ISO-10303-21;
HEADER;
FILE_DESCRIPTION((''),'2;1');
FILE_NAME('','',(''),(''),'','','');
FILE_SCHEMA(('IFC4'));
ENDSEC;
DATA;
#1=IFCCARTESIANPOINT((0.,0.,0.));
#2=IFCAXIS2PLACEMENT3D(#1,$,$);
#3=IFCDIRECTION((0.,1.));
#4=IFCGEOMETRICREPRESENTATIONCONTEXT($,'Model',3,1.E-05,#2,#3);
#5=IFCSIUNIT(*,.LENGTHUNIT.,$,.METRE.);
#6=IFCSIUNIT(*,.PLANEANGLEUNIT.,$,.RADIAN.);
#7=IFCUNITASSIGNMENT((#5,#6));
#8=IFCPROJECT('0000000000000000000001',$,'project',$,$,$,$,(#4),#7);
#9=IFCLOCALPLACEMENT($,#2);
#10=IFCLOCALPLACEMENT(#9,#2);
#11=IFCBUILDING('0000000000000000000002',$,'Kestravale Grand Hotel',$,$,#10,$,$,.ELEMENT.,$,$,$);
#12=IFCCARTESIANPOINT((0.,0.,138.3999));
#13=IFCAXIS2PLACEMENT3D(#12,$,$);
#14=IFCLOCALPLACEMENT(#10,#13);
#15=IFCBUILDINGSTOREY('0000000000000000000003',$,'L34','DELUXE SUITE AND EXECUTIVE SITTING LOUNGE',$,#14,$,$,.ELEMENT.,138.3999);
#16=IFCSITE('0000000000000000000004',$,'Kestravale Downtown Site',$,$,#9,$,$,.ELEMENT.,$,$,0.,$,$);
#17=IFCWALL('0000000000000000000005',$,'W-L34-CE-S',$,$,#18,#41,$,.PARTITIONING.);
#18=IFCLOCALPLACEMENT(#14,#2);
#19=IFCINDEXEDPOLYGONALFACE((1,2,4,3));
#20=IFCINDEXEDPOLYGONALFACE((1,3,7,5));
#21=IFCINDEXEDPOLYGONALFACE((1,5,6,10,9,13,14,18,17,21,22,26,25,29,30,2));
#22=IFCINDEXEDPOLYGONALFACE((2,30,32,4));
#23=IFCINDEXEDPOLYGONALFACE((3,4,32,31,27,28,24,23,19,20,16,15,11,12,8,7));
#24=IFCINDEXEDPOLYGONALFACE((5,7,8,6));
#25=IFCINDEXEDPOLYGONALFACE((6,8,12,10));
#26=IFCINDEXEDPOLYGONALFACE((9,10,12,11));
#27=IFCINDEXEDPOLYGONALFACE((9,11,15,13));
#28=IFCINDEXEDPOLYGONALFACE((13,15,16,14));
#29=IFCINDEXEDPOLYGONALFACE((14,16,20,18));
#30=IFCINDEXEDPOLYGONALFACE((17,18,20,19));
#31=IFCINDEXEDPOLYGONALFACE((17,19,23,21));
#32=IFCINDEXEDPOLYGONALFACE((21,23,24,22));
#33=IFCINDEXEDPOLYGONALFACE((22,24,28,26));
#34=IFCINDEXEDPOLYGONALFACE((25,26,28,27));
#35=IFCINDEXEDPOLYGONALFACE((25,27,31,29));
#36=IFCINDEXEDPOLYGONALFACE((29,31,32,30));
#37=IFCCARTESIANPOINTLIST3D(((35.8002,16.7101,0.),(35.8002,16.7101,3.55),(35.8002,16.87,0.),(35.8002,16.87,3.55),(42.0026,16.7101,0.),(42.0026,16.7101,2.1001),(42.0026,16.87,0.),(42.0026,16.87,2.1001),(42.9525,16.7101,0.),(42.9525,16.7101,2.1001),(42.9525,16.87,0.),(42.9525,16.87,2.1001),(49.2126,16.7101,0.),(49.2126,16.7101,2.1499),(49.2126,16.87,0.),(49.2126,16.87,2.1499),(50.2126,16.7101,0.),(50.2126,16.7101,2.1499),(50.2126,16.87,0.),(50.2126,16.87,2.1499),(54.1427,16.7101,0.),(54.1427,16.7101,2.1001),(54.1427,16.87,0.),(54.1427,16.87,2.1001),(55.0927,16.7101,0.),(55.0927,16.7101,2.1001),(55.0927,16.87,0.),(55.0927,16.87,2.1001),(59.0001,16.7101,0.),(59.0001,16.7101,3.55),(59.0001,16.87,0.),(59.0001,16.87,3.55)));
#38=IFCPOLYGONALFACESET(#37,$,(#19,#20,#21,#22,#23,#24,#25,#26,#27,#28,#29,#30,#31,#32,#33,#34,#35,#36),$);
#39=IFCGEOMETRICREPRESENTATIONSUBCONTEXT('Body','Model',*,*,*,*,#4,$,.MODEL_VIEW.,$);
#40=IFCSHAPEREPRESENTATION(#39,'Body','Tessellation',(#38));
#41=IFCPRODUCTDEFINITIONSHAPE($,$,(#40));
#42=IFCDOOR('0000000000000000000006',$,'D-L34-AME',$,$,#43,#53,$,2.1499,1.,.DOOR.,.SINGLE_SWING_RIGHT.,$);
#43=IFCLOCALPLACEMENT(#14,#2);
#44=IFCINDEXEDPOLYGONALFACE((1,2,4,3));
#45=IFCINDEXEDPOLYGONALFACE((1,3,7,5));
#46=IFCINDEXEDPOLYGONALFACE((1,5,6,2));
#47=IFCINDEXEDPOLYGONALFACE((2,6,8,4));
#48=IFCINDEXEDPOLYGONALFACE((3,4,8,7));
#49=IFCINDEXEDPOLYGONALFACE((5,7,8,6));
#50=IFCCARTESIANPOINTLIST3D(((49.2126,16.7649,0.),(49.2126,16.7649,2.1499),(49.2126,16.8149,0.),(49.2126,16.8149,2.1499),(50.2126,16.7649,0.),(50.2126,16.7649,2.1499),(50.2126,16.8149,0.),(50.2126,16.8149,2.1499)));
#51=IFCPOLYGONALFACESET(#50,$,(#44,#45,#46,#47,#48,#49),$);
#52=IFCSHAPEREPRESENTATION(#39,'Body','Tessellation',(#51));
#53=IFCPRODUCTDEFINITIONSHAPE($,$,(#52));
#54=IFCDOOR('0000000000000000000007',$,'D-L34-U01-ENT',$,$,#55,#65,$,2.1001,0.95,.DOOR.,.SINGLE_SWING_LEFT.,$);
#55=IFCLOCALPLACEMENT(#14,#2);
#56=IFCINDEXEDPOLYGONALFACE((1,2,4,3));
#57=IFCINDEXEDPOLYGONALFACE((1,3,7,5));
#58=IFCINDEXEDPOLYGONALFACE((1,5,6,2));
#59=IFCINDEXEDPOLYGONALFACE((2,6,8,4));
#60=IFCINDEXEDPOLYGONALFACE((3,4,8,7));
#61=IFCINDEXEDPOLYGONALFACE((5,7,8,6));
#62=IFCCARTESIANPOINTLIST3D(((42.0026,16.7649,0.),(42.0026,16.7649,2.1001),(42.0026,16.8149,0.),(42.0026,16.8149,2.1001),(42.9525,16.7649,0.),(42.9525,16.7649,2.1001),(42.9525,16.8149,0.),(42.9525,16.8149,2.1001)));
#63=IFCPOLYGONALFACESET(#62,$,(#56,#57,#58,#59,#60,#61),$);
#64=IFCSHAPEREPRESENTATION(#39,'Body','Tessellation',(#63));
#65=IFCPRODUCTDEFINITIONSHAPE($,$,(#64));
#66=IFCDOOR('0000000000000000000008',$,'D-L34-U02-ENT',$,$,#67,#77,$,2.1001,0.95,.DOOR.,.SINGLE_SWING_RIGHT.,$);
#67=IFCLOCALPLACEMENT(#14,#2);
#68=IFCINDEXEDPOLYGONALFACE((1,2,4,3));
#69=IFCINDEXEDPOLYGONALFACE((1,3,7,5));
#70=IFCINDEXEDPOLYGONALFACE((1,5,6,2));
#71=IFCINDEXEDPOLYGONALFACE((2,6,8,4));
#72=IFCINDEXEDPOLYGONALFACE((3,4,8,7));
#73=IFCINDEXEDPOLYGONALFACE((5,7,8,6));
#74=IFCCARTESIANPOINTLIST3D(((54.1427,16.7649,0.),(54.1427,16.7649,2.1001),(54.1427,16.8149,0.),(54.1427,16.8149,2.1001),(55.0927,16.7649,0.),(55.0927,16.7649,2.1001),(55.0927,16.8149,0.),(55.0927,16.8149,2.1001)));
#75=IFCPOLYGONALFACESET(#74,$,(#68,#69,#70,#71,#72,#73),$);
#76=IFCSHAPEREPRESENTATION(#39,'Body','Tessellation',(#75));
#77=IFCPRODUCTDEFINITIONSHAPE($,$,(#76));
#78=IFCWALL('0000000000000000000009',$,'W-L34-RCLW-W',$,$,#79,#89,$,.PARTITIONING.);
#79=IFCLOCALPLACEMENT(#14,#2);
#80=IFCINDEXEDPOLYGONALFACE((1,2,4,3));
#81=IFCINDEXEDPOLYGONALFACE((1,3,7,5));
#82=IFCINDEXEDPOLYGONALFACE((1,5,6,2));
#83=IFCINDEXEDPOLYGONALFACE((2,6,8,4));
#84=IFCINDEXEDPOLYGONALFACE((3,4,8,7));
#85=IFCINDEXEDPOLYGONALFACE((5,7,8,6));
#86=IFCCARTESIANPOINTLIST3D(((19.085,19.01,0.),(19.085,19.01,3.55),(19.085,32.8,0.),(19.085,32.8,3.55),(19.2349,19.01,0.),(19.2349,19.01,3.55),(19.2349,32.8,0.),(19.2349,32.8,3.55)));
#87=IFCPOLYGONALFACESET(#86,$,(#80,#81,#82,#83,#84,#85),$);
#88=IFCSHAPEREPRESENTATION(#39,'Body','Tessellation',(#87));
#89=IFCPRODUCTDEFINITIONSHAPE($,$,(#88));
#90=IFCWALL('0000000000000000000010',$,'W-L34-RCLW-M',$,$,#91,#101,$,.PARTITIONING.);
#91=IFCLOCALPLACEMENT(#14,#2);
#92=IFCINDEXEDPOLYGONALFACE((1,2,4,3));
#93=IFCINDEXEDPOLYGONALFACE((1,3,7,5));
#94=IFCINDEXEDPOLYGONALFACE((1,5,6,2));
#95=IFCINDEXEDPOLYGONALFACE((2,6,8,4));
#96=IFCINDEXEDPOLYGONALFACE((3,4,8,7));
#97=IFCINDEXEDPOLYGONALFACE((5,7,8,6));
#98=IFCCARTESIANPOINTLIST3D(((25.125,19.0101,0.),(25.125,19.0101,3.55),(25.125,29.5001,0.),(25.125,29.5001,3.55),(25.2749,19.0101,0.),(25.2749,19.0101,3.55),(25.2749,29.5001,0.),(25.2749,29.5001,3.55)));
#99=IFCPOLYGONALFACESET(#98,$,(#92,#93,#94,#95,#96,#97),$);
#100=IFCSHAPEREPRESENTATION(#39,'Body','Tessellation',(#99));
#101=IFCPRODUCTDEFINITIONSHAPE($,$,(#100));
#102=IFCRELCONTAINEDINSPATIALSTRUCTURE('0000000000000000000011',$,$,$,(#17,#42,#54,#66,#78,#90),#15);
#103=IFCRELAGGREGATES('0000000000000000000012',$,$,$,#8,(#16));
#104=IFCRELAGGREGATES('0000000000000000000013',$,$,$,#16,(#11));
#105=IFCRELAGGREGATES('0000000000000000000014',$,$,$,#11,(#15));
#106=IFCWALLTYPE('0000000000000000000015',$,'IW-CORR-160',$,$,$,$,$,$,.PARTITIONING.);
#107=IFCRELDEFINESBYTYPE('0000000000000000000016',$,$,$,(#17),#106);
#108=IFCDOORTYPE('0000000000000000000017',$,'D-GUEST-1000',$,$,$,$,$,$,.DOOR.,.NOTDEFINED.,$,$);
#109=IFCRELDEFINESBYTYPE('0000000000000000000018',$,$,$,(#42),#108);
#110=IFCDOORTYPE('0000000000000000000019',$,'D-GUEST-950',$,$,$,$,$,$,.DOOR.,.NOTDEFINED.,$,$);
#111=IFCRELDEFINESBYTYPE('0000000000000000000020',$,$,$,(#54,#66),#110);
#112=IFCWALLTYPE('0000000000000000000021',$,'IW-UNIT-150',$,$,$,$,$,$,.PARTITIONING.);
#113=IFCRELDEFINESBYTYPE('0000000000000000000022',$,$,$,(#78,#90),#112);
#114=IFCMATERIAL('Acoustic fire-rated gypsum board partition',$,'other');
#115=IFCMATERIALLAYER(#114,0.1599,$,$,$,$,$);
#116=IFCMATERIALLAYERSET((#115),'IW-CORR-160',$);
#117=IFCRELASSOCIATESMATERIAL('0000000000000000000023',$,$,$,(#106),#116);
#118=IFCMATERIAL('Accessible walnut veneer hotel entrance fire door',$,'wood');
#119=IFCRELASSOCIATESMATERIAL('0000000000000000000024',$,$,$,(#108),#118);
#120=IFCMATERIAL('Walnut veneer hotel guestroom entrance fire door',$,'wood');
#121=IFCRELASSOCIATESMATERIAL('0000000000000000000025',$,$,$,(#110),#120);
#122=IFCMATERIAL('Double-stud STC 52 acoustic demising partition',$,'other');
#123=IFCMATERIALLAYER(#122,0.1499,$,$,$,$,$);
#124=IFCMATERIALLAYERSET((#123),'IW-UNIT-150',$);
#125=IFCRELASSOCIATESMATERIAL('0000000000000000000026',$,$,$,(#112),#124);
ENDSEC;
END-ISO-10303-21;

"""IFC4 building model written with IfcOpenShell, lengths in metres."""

from ifc_helpers import new_model, si_unit, direction, frame, frame_2d, origin, place, context, subcontext, project, spatial, rectangle, extrude, material, layer, layer_set, type_object, element, fill, save


model = new_model("IFC4")

# Units and contexts
model_context = context("Model", 3, precision=1e-05, world=origin(), true_north=direction((0.0, 1.0)))
body_context = subcontext(model_context, "Body", "Model", "MODEL_VIEW")
ifc_project = project(units=[si_unit("LENGTHUNIT", "METRE"), si_unit("PLANEANGLEUNIT", "RADIAN")], contexts=[model_context])

# Site, building, storey
site_placement = place(None, origin())
site = spatial("IfcSite", under=ifc_project, at=site_placement, Name="Kestravale Downtown Site", CompositionType="ELEMENT", RefElevation=0.0)
building_placement = place(site_placement, origin())
building = spatial("IfcBuilding", under=site, at=building_placement, Name="Kestravale Grand Hotel", CompositionType="ELEMENT")
storey_placement = place(building_placement, frame((0.0, 0.0, 138.3999)))
storey = spatial("IfcBuildingStorey", under=building, at=storey_placement, Name="L34", Description="DELUXE SUITE AND EXECUTIVE SITTING LOUNGE", CompositionType="ELEMENT", Elevation=138.3999)

# Shared definitions
ifc_material_1 = material(Name="Acoustic fire-rated gypsum board partition", Category="other")
ifc_layer_1 = layer(ifc_material_1, 0.1599)
ifc_layer_set_1 = layer_set([ifc_layer_1], Name="IW-CORR-160")
wall_type_1 = type_object("IfcWallType", Name="IW-CORR-160", PredefinedType="PARTITIONING", material=ifc_layer_set_1)
ifc_material_2 = material(Name="Accessible walnut veneer hotel entrance fire door", Category="wood")
door_type_1 = type_object("IfcDoorType", Name="D-GUEST-1000", OperationType="NOTDEFINED", PredefinedType="DOOR", material=ifc_material_2)

# Wall, openings, doors
wall_1_placement = place(storey_placement, frame((35.8, 16.79, 0.0), z_axis=(0.0, 0.0, 1.0), x_axis=(1.0, 0.0, 0.0)))
wall_1 = element("IfcWall", 1, at=wall_1_placement, inside=storey, type_object=wall_type_1, Name="W-L34-CE-S", PredefinedType="PARTITIONING", context=body_context, shape_type="SweptSolid", body=[
    extrude(rectangle(XDim=23.2, YDim=0.1599, at=frame_2d((11.6001, 0.0))), origin(), (0.0, 0.0, 1.0), 3.55),
])
opening_1_placement = place(wall_1_placement, frame((6.2024, 0.0, 0.0)))
opening_1 = element("IfcOpeningElement", 2, at=opening_1_placement, cuts=wall_1, PredefinedType="OPENING", context=body_context, shape_type="SweptSolid", body=[
    extrude(rectangle(XDim=0.95, YDim=2.1001, at=frame_2d((0.4751, 1.05))), frame((0.0, 0.0898, 0.0), z_axis=(0.0, -1.0, 0.0), x_axis=(1.0, 0.0, 0.0)), (0.0, 0.0, 1.0), 0.1799),
])
opening_2_placement = place(wall_1_placement, frame((13.4126, 0.0, 0.0)))
opening_2 = element("IfcOpeningElement", 3, at=opening_2_placement, cuts=wall_1, PredefinedType="OPENING", context=body_context, shape_type="SweptSolid", body=[
    extrude(rectangle(XDim=1.0, YDim=2.1499, at=frame_2d((0.5, 1.075))), frame((0.0, 0.0898, 0.0), z_axis=(0.0, -1.0, 0.0), x_axis=(1.0, 0.0, 0.0)), (0.0, 0.0, 1.0), 0.1799),
])
opening_3_placement = place(wall_1_placement, frame((18.3425, 0.0, 0.0)))
opening_3 = element("IfcOpeningElement", 4, at=opening_3_placement, cuts=wall_1, PredefinedType="OPENING", context=body_context, shape_type="SweptSolid", body=[
    extrude(rectangle(XDim=0.95, YDim=2.1001, at=frame_2d((0.4751, 1.05))), frame((0.0, 0.0898, 0.0), z_axis=(0.0, -1.0, 0.0), x_axis=(1.0, 0.0, 0.0)), (0.0, 0.0, 1.0), 0.1799),
])
door_1_placement = place(opening_2_placement, origin())
door_1 = element("IfcDoor", 5, at=door_1_placement, inside=storey, type_object=door_type_1, Name="D-L34-AME", OperationType="SINGLE_SWING_RIGHT", OverallHeight=2.1499, OverallWidth=1.0, PredefinedType="DOOR", context=body_context, shape_type="SweptSolid", body=[
    extrude(rectangle(XDim=1.0, YDim=2.1499, at=frame_2d((0.5, 1.075))), frame((0.0, 0.0249, 0.0), z_axis=(0.0, -1.0, 0.0), x_axis=(1.0, 0.0, 0.0)), (0.0, 0.0, 1.0), 0.05),
])
fill(opening_2, door_1)
ifc_material_3 = material(Name="Walnut veneer hotel guestroom entrance fire door", Category="wood")
door_type_2 = type_object("IfcDoorType", Name="D-GUEST-950", OperationType="NOTDEFINED", PredefinedType="DOOR", material=ifc_material_3)
door_2_placement = place(opening_1_placement, origin())
door_2 = element("IfcDoor", 6, at=door_2_placement, inside=storey, type_object=door_type_2, Name="D-L34-U01-ENT", OperationType="SINGLE_SWING_LEFT", OverallHeight=2.1001, OverallWidth=0.95, PredefinedType="DOOR", context=body_context, shape_type="SweptSolid", body=[
    extrude(rectangle(XDim=0.95, YDim=2.1001, at=frame_2d((0.4751, 1.05))), frame((0.0, 0.0249, 0.0), z_axis=(0.0, -1.0, 0.0), x_axis=(1.0, 0.0, 0.0)), (0.0, 0.0, 1.0), 0.05),
])
fill(opening_1, door_2)
door_3_placement = place(opening_3_placement, origin())
door_3 = element("IfcDoor", 7, at=door_3_placement, inside=storey, type_object=door_type_2, Name="D-L34-U02-ENT", OperationType="SINGLE_SWING_RIGHT", OverallHeight=2.1001, OverallWidth=0.95, PredefinedType="DOOR", context=body_context, shape_type="SweptSolid", body=[
    extrude(rectangle(XDim=0.95, YDim=2.1001, at=frame_2d((0.4751, 1.05))), frame((0.0, 0.0249, 0.0), z_axis=(0.0, -1.0, 0.0), x_axis=(1.0, 0.0, 0.0)), (0.0, 0.0, 1.0), 0.05),
])
fill(opening_3, door_3)

# Walls
ifc_material_4 = material(Name="Double-stud STC 52 acoustic demising partition", Category="other")
ifc_layer_2 = layer(ifc_material_4, 0.1499)
ifc_layer_set_2 = layer_set([ifc_layer_2], Name="IW-UNIT-150")
wall_type_2 = type_object("IfcWallType", Name="IW-UNIT-150", PredefinedType="PARTITIONING", material=ifc_layer_set_2)
wall_2_placement = place(storey_placement, frame((19.1599, 19.01, 0.0), z_axis=(0.0, 0.0, 1.0), x_axis=(0.0, 1.0, 0.0)))
element("IfcWall", 8, at=wall_2_placement, inside=storey, type_object=wall_type_2, Name="W-L34-RCLW-W", PredefinedType="PARTITIONING", context=body_context, shape_type="SweptSolid", body=[
    extrude(rectangle(XDim=13.79, YDim=0.1499, at=frame_2d((6.895, 0.0))), origin(), (0.0, 0.0, 1.0), 3.55),
])
wall_3_placement = place(storey_placement, frame((25.2, 19.01, 0.0), z_axis=(0.0, 0.0, 1.0), x_axis=(0.0, 1.0, 0.0)))
element("IfcWall", 9, at=wall_3_placement, inside=storey, type_object=wall_type_2, Name="W-L34-RCLW-M", PredefinedType="PARTITIONING", context=body_context, shape_type="SweptSolid", body=[
    extrude(rectangle(XDim=10.49, YDim=0.1499, at=frame_2d((5.2451, 0.0))), origin(), (0.0, 0.0, 1.0), 3.55),
])

save(model, "model.ifc")
